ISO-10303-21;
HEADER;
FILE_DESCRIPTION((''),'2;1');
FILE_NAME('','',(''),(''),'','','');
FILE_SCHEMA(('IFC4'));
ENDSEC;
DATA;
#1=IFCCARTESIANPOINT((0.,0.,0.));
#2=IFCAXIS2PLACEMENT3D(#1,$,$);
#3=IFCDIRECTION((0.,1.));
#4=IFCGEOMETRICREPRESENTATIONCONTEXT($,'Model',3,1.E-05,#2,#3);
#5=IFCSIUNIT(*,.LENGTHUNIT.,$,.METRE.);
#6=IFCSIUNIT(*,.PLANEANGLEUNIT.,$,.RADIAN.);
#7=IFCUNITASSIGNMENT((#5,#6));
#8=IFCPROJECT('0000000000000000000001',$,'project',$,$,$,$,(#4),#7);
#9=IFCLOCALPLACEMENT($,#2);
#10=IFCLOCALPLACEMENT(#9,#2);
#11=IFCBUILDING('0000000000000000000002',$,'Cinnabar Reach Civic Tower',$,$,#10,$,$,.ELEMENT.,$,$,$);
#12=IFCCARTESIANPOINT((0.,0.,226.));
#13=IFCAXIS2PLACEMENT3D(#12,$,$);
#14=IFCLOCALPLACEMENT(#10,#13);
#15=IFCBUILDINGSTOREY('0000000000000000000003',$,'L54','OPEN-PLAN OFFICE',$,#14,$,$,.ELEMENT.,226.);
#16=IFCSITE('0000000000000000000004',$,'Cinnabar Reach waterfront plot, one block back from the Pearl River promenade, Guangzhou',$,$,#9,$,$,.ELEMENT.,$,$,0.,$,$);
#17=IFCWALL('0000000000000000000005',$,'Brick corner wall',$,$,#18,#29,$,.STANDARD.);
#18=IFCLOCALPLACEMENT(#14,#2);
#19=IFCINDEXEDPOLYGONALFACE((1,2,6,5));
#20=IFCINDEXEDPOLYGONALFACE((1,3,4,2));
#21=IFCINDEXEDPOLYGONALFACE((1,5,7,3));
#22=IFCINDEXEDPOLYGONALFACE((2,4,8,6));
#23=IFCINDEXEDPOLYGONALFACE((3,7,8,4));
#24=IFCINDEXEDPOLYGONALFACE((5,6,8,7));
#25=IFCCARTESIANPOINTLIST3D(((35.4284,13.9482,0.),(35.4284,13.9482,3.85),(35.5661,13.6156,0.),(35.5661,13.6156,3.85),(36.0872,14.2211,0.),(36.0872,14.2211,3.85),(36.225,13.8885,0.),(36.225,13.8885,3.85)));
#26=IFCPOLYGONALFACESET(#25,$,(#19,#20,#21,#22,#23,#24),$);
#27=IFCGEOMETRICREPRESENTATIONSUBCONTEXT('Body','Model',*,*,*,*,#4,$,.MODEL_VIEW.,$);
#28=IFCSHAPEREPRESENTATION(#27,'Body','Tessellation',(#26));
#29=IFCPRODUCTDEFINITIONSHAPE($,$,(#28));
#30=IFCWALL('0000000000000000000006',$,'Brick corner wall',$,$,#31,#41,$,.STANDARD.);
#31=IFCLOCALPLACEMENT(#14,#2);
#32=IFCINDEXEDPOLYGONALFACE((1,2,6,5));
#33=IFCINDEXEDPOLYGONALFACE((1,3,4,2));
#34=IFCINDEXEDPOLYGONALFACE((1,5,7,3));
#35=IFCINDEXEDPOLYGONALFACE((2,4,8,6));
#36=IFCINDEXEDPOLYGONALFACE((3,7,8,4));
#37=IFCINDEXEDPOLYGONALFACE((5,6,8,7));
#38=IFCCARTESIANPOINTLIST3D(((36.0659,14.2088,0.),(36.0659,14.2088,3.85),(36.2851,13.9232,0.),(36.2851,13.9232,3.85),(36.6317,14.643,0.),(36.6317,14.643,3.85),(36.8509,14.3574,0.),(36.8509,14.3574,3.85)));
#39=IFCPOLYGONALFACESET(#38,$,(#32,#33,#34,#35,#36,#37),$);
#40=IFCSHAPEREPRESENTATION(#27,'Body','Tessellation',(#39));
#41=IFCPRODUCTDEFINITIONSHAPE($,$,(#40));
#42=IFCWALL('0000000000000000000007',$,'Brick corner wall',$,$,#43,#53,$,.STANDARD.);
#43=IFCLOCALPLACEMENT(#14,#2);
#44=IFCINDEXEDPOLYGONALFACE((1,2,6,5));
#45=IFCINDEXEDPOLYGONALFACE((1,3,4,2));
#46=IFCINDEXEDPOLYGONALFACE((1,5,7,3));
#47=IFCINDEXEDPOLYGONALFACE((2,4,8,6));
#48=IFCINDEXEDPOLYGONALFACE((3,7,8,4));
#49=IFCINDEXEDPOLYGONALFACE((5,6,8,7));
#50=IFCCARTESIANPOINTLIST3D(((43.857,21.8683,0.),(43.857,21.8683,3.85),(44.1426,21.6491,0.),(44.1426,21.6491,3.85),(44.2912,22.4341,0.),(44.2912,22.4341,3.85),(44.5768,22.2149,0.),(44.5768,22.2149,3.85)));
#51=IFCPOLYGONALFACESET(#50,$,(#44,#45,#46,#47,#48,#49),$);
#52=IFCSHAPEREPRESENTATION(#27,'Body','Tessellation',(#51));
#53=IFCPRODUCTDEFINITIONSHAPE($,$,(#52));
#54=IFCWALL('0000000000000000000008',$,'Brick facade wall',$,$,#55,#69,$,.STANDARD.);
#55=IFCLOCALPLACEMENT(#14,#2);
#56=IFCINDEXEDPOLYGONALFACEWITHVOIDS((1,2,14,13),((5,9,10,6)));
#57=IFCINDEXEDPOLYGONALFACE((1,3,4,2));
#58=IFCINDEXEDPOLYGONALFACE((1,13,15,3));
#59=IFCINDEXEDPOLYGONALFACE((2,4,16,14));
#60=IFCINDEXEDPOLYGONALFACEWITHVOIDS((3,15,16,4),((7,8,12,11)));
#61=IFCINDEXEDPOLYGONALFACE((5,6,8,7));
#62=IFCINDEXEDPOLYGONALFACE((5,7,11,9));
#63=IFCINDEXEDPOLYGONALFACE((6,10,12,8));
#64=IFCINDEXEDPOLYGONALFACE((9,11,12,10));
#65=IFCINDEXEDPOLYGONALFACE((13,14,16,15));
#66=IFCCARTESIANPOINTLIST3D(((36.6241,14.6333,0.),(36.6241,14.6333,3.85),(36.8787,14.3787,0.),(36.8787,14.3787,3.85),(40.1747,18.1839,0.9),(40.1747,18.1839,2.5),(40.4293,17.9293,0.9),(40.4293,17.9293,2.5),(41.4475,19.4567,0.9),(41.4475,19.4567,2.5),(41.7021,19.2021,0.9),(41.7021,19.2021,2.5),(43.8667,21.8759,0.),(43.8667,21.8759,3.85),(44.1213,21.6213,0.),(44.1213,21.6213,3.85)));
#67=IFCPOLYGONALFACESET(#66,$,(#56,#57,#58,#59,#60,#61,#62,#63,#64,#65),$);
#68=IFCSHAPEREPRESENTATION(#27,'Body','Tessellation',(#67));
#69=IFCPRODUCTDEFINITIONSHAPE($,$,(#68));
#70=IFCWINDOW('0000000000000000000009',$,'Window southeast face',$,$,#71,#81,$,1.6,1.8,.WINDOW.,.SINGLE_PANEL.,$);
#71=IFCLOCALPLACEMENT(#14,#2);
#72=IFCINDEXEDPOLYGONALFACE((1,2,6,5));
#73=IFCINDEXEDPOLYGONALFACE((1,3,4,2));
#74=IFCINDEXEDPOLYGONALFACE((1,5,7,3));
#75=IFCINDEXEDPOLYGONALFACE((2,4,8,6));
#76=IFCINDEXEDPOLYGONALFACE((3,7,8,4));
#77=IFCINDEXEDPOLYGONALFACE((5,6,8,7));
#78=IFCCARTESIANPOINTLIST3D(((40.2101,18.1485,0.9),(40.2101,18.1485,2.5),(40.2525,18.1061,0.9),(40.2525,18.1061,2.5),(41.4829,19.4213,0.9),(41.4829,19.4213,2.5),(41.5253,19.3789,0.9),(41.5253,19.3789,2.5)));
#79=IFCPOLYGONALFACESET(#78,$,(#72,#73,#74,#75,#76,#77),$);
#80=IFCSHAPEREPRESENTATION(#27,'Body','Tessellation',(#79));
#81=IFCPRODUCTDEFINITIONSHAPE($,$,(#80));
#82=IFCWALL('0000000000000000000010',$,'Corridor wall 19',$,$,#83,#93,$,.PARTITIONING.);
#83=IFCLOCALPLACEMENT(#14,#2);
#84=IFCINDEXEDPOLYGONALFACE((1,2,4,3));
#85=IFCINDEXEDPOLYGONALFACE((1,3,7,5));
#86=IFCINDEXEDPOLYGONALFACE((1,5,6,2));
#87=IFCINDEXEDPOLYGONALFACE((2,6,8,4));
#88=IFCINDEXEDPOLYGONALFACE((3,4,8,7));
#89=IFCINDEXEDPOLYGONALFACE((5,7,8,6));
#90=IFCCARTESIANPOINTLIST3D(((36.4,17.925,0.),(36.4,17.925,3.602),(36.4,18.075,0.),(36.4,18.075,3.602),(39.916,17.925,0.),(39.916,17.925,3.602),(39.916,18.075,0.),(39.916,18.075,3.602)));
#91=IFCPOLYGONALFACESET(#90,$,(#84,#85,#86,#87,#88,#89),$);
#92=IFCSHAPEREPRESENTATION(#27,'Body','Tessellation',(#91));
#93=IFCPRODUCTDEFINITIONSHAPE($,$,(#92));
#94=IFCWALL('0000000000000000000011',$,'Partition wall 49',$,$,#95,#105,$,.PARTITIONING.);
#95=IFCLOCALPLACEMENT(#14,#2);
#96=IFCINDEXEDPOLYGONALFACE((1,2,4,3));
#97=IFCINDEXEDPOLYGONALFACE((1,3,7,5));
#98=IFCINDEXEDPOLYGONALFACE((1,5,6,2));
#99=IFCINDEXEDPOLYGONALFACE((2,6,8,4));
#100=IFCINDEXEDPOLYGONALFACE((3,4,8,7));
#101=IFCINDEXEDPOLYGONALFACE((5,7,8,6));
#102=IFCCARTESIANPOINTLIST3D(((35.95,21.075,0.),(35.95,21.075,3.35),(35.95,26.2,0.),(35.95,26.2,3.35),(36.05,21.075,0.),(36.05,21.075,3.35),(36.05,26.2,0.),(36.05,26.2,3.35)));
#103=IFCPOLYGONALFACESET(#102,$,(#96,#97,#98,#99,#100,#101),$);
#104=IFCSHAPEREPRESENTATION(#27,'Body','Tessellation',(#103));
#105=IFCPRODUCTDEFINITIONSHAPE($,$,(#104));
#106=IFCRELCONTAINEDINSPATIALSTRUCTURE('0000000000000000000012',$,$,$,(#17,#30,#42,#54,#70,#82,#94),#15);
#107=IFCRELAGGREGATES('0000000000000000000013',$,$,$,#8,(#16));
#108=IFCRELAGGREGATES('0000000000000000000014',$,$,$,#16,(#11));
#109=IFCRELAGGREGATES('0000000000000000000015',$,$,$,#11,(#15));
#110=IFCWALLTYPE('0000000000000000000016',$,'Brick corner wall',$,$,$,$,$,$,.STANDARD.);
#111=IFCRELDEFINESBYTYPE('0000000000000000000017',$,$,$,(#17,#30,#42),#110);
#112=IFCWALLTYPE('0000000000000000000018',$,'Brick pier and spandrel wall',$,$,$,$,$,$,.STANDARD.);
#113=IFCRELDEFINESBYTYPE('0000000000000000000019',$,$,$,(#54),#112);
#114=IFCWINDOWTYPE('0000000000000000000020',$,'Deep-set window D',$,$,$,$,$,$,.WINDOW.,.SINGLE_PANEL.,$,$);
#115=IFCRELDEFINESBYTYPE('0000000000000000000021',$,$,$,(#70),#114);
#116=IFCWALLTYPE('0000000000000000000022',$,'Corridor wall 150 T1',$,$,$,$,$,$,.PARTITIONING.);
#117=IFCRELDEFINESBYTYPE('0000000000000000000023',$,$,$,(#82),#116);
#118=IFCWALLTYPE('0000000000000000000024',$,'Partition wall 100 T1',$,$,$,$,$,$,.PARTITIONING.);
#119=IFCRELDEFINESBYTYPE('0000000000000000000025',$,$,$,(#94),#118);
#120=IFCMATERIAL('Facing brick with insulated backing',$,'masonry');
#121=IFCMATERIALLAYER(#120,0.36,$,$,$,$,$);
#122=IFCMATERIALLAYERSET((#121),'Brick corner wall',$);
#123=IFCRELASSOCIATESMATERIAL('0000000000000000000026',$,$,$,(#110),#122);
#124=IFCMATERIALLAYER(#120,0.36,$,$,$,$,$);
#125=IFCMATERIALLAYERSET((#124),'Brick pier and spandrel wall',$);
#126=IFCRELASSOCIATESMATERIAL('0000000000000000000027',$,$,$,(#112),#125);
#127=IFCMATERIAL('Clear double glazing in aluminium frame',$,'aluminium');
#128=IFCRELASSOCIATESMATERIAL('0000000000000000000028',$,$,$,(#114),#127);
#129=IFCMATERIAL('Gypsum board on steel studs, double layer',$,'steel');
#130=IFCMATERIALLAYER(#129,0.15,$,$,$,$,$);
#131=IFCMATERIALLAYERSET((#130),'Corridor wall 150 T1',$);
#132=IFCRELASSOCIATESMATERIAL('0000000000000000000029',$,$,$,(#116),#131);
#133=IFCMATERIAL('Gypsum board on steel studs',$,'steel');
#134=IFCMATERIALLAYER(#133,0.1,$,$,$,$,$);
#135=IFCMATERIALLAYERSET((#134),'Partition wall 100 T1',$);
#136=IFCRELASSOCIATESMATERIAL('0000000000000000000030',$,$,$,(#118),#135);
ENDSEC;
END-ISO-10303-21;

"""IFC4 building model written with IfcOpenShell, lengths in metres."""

from ifc_helpers import new_model, si_unit, direction, frame, frame_2d, origin, place, context, subcontext, project, spatial, rectangle, extrude, material, layer, layer_set, type_object, element, fill, save


model = new_model("IFC4")

# Units and contexts
model_context = context("Model", 3, precision=1e-05, world=origin(), true_north=direction((0.0, 1.0)))
body_context = subcontext(model_context, "Body", "Model", "MODEL_VIEW")
ifc_project = project(units=[si_unit("LENGTHUNIT", "METRE"), si_unit("PLANEANGLEUNIT", "RADIAN")], contexts=[model_context])

# Site, building, storey
site_placement = place(None, origin())
site = spatial("IfcSite", under=ifc_project, at=site_placement, Name="Cinnabar Reach waterfront plot, one block back from the Pearl River promenade, Guangzhou", CompositionType="ELEMENT", RefElevation=0.0)
building_placement = place(site_placement, origin())
building = spatial("IfcBuilding", under=site, at=building_placement, Name="Cinnabar Reach Civic Tower", CompositionType="ELEMENT")
storey_placement = place(building_placement, frame((0.0, 0.0, 226.0)))
storey = spatial("IfcBuildingStorey", under=building, at=storey_placement, Name="L54", Description="OPEN-PLAN OFFICE", CompositionType="ELEMENT", Elevation=226.0)

# Walls
ifc_material_1 = material(Name="Facing brick with insulated backing", Category="masonry")
ifc_layer_1 = layer(ifc_material_1, 0.36)
ifc_layer_set_1 = layer_set([ifc_layer_1], Name="Brick corner wall")
wall_type_1 = type_object("IfcWallType", Name="Brick corner wall", PredefinedType="STANDARD", material=ifc_layer_set_1)
wall_1_placement = place(storey_placement, frame((35.4973, 13.7819, 0.0), z_axis=(0.0, 0.0, 1.0), x_axis=(0.923872, 0.382703, 0.0)))
element("IfcWall", 1, at=wall_1_placement, inside=storey, type_object=wall_type_1, Name="Brick corner wall", PredefinedType="STANDARD", context=body_context, shape_type="SweptSolid", body=[
    extrude(rectangle(XDim=0.7131, YDim=0.36, at=frame_2d((0.3565, 0.0))), origin(), (0.0, 0.0, 1.0), 3.85),
])
for number, where, z_axis, x_axis, name in (
    (2, (36.1755, 14.066, 0.0), (0.0, 0.0, 1.0), (0.793322, 0.608802, 0.0), "Brick corner wall"),
    (3, (43.9998, 21.7587, 0.0), (0.0, 0.0, 1.0), (0.608802, 0.793322, 0.0), "Brick corner wall"),
):
    element("IfcWall", number, at=place(storey_placement, frame(where, z_axis=z_axis, x_axis=x_axis)), inside=storey, type_object=wall_type_1, Name=name, PredefinedType="STANDARD", context=body_context, shape_type="SweptSolid", body=[
        extrude(rectangle(XDim=0.7132, YDim=0.36, at=frame_2d((0.3566, 0.0))), origin(), (0.0, 0.0, 1.0), 3.85),
    ])

# Wall, opening, window
ifc_layer_2 = layer(ifc_material_1, 0.36)
ifc_layer_set_2 = layer_set([ifc_layer_2], Name="Brick pier and spandrel wall")
wall_type_2 = type_object("IfcWallType", Name="Brick pier and spandrel wall", PredefinedType="STANDARD", material=ifc_layer_set_2)
wall_2_placement = place(storey_placement, frame((36.7514, 14.506, 0.0), z_axis=(0.0, 0.0, 1.0), x_axis=(0.707107, 0.707107, 0.0)))
wall_2 = element("IfcWall", 4, at=wall_2_placement, inside=storey, type_object=wall_type_2, Name="Brick facade wall", PredefinedType="STANDARD", context=body_context, shape_type="SweptSolid", body=[
    extrude(rectangle(XDim=10.2426, YDim=0.36, at=frame_2d((5.1213, 0.0))), origin(), (0.0, 0.0, 1.0), 3.85),
])
opening_placement = place(wall_2_placement, frame((5.0213, 0.0, 0.9)))
opening = element("IfcOpeningElement", 5, at=opening_placement, cuts=wall_2, PredefinedType="OPENING", context=body_context, shape_type="SweptSolid", body=[
    extrude(rectangle(XDim=1.8, YDim=1.6, at=frame_2d((0.9, 0.8))), frame((0.0, 0.19, 0.0), z_axis=(0.0, -1.0, 0.0), x_axis=(1.0, 0.0, 0.0)), (0.0, 0.0, 1.0), 0.38),
])
ifc_material_2 = material(Name="Clear double glazing in aluminium frame", Category="aluminium")
window_type = type_object("IfcWindowType", Name="Deep-set window D", PartitioningType="SINGLE_PANEL", PredefinedType="WINDOW", material=ifc_material_2)
window_placement = place(opening_placement, origin())
window = element("IfcWindow", 6, at=window_placement, inside=storey, type_object=window_type, Name="Window southeast face", OverallHeight=1.6, OverallWidth=1.8, PartitioningType="SINGLE_PANEL", PredefinedType="WINDOW", context=body_context, shape_type="SweptSolid", body=[
    extrude(rectangle(XDim=1.8, YDim=1.6, at=frame_2d((0.9, 0.8))), frame((0.0, 0.13, 0.0), z_axis=(0.0, -1.0, 0.0), x_axis=(1.0, 0.0, 0.0)), (0.0, 0.0, 1.0), 0.06),
])
fill(opening, window)

# Walls
ifc_material_3 = material(Name="Gypsum board on steel studs, double layer", Category="steel")
ifc_layer_3 = layer(ifc_material_3, 0.15)
ifc_layer_set_3 = layer_set([ifc_layer_3], Name="Corridor wall 150 T1")
wall_type_3 = type_object("IfcWallType", Name="Corridor wall 150 T1", PredefinedType="PARTITIONING", material=ifc_layer_set_3)
wall_3_placement = place(storey_placement, frame((36.4, 18.0, 0.0), z_axis=(0.0, 0.0, 1.0), x_axis=(1.0, 0.0, 0.0)))
element("IfcWall", 7, at=wall_3_placement, inside=storey, type_object=wall_type_3, Name="Corridor wall 19", PredefinedType="PARTITIONING", context=body_context, shape_type="SweptSolid", body=[
    extrude(rectangle(XDim=3.516, YDim=0.15, at=frame_2d((1.758, 0.0))), origin(), (0.0, 0.0, 1.0), 3.602),
])
ifc_material_4 = material(Name="Gypsum board on steel studs", Category="steel")
ifc_layer_4 = layer(ifc_material_4, 0.1)
ifc_layer_set_4 = layer_set([ifc_layer_4], Name="Partition wall 100 T1")
wall_type_4 = type_object("IfcWallType", Name="Partition wall 100 T1", PredefinedType="PARTITIONING", material=ifc_layer_set_4)
wall_4_placement = place(storey_placement, frame((36.0, 21.075, 0.0), z_axis=(0.0, 0.0, 1.0), x_axis=(0.0, 1.0, 0.0)))
element("IfcWall", 8, at=wall_4_placement, inside=storey, type_object=wall_type_4, Name="Partition wall 49", PredefinedType="PARTITIONING", context=body_context, shape_type="SweptSolid", body=[
    extrude(rectangle(XDim=5.125, YDim=0.1, at=frame_2d((2.5625, 0.0))), origin(), (0.0, 0.0, 1.0), 3.35),
])

save(model, "model.ifc")
